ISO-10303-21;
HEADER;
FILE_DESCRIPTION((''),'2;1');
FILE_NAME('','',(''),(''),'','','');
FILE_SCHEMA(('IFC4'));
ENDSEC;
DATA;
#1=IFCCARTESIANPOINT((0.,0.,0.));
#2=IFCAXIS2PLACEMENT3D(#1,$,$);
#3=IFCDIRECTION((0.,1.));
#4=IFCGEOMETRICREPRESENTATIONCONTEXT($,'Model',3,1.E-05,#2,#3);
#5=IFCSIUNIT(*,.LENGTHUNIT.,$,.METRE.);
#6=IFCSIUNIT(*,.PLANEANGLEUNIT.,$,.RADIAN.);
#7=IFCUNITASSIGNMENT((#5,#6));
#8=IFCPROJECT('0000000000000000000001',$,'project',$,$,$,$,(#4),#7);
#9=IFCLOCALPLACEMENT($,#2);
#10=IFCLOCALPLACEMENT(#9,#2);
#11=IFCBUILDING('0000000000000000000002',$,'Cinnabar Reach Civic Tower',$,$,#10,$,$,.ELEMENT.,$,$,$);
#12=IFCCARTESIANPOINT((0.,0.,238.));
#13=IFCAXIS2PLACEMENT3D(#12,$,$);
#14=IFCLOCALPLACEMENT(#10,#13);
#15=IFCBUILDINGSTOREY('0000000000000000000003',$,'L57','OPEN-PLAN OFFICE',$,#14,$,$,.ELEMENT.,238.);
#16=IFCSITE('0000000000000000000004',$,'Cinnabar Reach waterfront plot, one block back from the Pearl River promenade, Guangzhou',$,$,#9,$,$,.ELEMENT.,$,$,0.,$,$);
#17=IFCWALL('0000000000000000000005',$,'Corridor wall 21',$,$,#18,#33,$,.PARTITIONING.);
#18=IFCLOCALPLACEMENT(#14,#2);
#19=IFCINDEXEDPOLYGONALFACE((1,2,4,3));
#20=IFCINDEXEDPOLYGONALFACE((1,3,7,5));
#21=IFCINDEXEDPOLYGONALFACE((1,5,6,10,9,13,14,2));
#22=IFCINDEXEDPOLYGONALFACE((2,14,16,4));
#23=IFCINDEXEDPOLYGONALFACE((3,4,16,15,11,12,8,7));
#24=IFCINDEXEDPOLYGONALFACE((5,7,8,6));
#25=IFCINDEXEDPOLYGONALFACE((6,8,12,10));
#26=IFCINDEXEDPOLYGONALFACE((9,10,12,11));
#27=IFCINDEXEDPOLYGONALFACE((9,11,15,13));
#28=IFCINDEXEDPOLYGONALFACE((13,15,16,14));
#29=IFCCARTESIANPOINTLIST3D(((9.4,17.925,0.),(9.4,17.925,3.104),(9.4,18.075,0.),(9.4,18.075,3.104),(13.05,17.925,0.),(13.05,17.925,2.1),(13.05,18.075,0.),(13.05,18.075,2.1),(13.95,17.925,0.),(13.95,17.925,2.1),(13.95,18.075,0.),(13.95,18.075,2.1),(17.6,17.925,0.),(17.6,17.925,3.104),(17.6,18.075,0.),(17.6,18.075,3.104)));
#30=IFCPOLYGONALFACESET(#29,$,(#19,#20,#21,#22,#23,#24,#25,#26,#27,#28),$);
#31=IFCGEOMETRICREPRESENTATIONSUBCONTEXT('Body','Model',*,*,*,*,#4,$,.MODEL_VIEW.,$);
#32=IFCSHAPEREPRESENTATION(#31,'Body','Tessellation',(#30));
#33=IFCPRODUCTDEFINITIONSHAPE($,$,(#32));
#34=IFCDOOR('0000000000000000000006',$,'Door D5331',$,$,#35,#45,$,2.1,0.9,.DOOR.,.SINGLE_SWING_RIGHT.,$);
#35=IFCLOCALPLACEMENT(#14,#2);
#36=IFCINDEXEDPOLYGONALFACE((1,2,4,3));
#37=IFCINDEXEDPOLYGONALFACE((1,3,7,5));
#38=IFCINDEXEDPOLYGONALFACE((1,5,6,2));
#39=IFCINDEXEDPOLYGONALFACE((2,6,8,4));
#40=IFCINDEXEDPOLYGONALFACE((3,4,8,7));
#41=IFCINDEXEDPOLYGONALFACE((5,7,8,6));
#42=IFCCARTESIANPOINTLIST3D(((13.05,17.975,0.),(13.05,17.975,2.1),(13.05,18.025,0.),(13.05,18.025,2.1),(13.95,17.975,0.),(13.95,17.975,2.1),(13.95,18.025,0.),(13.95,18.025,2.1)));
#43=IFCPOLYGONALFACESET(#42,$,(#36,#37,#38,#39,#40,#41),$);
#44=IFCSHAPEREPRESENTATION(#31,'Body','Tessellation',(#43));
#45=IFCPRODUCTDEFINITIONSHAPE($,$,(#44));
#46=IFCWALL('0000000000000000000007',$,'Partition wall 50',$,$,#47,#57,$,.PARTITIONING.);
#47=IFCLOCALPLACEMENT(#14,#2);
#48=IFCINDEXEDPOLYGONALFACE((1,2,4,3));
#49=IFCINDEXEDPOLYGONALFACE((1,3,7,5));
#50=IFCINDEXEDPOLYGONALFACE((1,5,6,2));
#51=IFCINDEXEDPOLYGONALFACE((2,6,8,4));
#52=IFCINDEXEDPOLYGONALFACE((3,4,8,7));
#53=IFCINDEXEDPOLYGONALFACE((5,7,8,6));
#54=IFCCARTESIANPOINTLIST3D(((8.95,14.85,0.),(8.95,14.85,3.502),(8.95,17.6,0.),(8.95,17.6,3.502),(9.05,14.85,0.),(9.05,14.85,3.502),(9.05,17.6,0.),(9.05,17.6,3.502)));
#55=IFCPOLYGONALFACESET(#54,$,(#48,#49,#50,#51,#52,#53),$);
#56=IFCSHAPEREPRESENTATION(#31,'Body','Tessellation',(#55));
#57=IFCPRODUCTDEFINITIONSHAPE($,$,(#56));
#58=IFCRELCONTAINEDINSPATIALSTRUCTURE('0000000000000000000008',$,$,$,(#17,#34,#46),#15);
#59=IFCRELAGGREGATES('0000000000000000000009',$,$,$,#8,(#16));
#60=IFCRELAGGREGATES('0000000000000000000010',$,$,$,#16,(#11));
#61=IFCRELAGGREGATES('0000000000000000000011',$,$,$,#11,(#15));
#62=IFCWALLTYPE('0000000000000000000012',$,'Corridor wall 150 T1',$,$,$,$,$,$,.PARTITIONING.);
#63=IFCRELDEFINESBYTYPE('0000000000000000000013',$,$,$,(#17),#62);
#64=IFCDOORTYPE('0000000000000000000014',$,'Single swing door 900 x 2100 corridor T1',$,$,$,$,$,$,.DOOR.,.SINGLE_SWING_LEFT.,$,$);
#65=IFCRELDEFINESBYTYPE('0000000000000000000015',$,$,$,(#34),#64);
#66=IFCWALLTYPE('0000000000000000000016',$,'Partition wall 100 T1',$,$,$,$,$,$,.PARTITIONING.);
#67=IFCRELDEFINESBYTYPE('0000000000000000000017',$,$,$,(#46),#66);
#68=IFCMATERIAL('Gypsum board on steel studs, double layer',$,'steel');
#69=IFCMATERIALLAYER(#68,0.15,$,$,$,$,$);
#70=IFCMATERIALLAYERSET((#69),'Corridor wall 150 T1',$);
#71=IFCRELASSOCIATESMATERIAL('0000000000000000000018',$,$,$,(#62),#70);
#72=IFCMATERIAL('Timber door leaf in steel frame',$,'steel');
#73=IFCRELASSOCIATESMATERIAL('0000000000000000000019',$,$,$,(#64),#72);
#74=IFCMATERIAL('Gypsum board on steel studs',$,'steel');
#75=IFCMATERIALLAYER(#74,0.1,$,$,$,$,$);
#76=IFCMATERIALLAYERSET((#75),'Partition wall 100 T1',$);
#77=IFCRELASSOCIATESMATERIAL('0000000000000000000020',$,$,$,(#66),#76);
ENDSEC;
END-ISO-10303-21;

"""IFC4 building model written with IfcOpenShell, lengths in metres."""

from ifc_helpers import new_model, si_unit, direction, frame, frame_2d, origin, place, context, subcontext, project, spatial, rectangle, extrude, material, layer, layer_set, type_object, element, fill, save


model = new_model("IFC4")

# Units and contexts
model_context = context("Model", 3, precision=1e-05, world=origin(), true_north=direction((0.0, 1.0)))
body_context = subcontext(model_context, "Body", "Model", "MODEL_VIEW")
ifc_project = project(units=[si_unit("LENGTHUNIT", "METRE"), si_unit("PLANEANGLEUNIT", "RADIAN")], contexts=[model_context])

# Site, building, storey
site_placement = place(None, origin())
site = spatial("IfcSite", under=ifc_project, at=site_placement, Name="Cinnabar Reach waterfront plot, one block back from the Pearl River promenade, Guangzhou", CompositionType="ELEMENT", RefElevation=0.0)
building_placement = place(site_placement, origin())
building = spatial("IfcBuilding", under=site, at=building_placement, Name="Cinnabar Reach Civic Tower", CompositionType="ELEMENT")
storey_placement = place(building_placement, frame((0.0, 0.0, 238.0)))
storey = spatial("IfcBuildingStorey", under=building, at=storey_placement, Name="L57", Description="OPEN-PLAN OFFICE", CompositionType="ELEMENT", Elevation=238.0)

# Wall, opening, door
ifc_material_1 = material(Name="Gypsum board on steel studs, double layer", Category="steel")
ifc_layer_1 = layer(ifc_material_1, 0.15)
ifc_layer_set_1 = layer_set([ifc_layer_1], Name="Corridor wall 150 T1")
wall_type_1 = type_object("IfcWallType", Name="Corridor wall 150 T1", PredefinedType="PARTITIONING", material=ifc_layer_set_1)
wall_1_placement = place(storey_placement, frame((9.4, 18.0, 0.0), z_axis=(0.0, 0.0, 1.0), x_axis=(1.0, 0.0, 0.0)))
wall_1 = element("IfcWall", 1, at=wall_1_placement, inside=storey, type_object=wall_type_1, Name="Corridor wall 21", PredefinedType="PARTITIONING", context=body_context, shape_type="SweptSolid", body=[
    extrude(rectangle(XDim=8.2, YDim=0.15, at=frame_2d((4.1, 0.0))), origin(), (0.0, 0.0, 1.0), 3.104),
])
opening_1_placement = place(wall_1_placement, frame((3.65, 0.0, 0.0)))
opening_1 = element("IfcOpeningElement", 2, at=opening_1_placement, cuts=wall_1, PredefinedType="OPENING", context=body_context, shape_type="SweptSolid", body=[
    extrude(rectangle(XDim=0.9, YDim=2.1, at=frame_2d((0.45, 1.05))), frame((0.0, 0.085, 0.0), z_axis=(0.0, -1.0, 0.0), x_axis=(1.0, 0.0, 0.0)), (0.0, 0.0, 1.0), 0.17),
])
ifc_material_2 = material(Name="Timber door leaf in steel frame", Category="steel")
door_type = type_object("IfcDoorType", Name="Single swing door 900 x 2100 corridor T1", OperationType="SINGLE_SWING_LEFT", PredefinedType="DOOR", material=ifc_material_2)
door_placement = place(opening_1_placement, frame((0.9, 0.0, 0.0), z_axis=(0.0, 0.0, 1.0), x_axis=(-1.0, 0.0, 0.0)))
door = element("IfcDoor", 3, at=door_placement, inside=storey, type_object=door_type, Name="Door D5331", OperationType="SINGLE_SWING_RIGHT", OverallHeight=2.1, OverallWidth=0.9, PredefinedType="DOOR", context=body_context, shape_type="SweptSolid", body=[
    extrude(rectangle(XDim=0.9, YDim=2.1, at=frame_2d((0.45, 1.05))), frame((0.0, 0.025, 0.0), z_axis=(0.0, -1.0, 0.0), x_axis=(1.0, 0.0, 0.0)), (0.0, 0.0, 1.0), 0.05),
])
fill(opening_1, door)

# Wall
ifc_material_3 = material(Name="Gypsum board on steel studs", Category="steel")
ifc_layer_2 = layer(ifc_material_3, 0.1)
ifc_layer_set_2 = layer_set([ifc_layer_2], Name="Partition wall 100 T1")
wall_type_2 = type_object("IfcWallType", Name="Partition wall 100 T1", PredefinedType="PARTITIONING", material=ifc_layer_set_2)
wall_2_placement = place(storey_placement, frame((9.0, 14.85, 0.0), z_axis=(0.0, 0.0, 1.0), x_axis=(0.0, 1.0, 0.0)))
element("IfcWall", 4, at=wall_2_placement, inside=storey, type_object=wall_type_2, Name="Partition wall 50", PredefinedType="PARTITIONING", context=body_context, shape_type="SweptSolid", body=[
    extrude(rectangle(XDim=2.75, YDim=0.1, at=frame_2d((1.375, 0.0))), origin(), (0.0, 0.0, 1.0), 3.502),
])

save(model, "model.ifc")
